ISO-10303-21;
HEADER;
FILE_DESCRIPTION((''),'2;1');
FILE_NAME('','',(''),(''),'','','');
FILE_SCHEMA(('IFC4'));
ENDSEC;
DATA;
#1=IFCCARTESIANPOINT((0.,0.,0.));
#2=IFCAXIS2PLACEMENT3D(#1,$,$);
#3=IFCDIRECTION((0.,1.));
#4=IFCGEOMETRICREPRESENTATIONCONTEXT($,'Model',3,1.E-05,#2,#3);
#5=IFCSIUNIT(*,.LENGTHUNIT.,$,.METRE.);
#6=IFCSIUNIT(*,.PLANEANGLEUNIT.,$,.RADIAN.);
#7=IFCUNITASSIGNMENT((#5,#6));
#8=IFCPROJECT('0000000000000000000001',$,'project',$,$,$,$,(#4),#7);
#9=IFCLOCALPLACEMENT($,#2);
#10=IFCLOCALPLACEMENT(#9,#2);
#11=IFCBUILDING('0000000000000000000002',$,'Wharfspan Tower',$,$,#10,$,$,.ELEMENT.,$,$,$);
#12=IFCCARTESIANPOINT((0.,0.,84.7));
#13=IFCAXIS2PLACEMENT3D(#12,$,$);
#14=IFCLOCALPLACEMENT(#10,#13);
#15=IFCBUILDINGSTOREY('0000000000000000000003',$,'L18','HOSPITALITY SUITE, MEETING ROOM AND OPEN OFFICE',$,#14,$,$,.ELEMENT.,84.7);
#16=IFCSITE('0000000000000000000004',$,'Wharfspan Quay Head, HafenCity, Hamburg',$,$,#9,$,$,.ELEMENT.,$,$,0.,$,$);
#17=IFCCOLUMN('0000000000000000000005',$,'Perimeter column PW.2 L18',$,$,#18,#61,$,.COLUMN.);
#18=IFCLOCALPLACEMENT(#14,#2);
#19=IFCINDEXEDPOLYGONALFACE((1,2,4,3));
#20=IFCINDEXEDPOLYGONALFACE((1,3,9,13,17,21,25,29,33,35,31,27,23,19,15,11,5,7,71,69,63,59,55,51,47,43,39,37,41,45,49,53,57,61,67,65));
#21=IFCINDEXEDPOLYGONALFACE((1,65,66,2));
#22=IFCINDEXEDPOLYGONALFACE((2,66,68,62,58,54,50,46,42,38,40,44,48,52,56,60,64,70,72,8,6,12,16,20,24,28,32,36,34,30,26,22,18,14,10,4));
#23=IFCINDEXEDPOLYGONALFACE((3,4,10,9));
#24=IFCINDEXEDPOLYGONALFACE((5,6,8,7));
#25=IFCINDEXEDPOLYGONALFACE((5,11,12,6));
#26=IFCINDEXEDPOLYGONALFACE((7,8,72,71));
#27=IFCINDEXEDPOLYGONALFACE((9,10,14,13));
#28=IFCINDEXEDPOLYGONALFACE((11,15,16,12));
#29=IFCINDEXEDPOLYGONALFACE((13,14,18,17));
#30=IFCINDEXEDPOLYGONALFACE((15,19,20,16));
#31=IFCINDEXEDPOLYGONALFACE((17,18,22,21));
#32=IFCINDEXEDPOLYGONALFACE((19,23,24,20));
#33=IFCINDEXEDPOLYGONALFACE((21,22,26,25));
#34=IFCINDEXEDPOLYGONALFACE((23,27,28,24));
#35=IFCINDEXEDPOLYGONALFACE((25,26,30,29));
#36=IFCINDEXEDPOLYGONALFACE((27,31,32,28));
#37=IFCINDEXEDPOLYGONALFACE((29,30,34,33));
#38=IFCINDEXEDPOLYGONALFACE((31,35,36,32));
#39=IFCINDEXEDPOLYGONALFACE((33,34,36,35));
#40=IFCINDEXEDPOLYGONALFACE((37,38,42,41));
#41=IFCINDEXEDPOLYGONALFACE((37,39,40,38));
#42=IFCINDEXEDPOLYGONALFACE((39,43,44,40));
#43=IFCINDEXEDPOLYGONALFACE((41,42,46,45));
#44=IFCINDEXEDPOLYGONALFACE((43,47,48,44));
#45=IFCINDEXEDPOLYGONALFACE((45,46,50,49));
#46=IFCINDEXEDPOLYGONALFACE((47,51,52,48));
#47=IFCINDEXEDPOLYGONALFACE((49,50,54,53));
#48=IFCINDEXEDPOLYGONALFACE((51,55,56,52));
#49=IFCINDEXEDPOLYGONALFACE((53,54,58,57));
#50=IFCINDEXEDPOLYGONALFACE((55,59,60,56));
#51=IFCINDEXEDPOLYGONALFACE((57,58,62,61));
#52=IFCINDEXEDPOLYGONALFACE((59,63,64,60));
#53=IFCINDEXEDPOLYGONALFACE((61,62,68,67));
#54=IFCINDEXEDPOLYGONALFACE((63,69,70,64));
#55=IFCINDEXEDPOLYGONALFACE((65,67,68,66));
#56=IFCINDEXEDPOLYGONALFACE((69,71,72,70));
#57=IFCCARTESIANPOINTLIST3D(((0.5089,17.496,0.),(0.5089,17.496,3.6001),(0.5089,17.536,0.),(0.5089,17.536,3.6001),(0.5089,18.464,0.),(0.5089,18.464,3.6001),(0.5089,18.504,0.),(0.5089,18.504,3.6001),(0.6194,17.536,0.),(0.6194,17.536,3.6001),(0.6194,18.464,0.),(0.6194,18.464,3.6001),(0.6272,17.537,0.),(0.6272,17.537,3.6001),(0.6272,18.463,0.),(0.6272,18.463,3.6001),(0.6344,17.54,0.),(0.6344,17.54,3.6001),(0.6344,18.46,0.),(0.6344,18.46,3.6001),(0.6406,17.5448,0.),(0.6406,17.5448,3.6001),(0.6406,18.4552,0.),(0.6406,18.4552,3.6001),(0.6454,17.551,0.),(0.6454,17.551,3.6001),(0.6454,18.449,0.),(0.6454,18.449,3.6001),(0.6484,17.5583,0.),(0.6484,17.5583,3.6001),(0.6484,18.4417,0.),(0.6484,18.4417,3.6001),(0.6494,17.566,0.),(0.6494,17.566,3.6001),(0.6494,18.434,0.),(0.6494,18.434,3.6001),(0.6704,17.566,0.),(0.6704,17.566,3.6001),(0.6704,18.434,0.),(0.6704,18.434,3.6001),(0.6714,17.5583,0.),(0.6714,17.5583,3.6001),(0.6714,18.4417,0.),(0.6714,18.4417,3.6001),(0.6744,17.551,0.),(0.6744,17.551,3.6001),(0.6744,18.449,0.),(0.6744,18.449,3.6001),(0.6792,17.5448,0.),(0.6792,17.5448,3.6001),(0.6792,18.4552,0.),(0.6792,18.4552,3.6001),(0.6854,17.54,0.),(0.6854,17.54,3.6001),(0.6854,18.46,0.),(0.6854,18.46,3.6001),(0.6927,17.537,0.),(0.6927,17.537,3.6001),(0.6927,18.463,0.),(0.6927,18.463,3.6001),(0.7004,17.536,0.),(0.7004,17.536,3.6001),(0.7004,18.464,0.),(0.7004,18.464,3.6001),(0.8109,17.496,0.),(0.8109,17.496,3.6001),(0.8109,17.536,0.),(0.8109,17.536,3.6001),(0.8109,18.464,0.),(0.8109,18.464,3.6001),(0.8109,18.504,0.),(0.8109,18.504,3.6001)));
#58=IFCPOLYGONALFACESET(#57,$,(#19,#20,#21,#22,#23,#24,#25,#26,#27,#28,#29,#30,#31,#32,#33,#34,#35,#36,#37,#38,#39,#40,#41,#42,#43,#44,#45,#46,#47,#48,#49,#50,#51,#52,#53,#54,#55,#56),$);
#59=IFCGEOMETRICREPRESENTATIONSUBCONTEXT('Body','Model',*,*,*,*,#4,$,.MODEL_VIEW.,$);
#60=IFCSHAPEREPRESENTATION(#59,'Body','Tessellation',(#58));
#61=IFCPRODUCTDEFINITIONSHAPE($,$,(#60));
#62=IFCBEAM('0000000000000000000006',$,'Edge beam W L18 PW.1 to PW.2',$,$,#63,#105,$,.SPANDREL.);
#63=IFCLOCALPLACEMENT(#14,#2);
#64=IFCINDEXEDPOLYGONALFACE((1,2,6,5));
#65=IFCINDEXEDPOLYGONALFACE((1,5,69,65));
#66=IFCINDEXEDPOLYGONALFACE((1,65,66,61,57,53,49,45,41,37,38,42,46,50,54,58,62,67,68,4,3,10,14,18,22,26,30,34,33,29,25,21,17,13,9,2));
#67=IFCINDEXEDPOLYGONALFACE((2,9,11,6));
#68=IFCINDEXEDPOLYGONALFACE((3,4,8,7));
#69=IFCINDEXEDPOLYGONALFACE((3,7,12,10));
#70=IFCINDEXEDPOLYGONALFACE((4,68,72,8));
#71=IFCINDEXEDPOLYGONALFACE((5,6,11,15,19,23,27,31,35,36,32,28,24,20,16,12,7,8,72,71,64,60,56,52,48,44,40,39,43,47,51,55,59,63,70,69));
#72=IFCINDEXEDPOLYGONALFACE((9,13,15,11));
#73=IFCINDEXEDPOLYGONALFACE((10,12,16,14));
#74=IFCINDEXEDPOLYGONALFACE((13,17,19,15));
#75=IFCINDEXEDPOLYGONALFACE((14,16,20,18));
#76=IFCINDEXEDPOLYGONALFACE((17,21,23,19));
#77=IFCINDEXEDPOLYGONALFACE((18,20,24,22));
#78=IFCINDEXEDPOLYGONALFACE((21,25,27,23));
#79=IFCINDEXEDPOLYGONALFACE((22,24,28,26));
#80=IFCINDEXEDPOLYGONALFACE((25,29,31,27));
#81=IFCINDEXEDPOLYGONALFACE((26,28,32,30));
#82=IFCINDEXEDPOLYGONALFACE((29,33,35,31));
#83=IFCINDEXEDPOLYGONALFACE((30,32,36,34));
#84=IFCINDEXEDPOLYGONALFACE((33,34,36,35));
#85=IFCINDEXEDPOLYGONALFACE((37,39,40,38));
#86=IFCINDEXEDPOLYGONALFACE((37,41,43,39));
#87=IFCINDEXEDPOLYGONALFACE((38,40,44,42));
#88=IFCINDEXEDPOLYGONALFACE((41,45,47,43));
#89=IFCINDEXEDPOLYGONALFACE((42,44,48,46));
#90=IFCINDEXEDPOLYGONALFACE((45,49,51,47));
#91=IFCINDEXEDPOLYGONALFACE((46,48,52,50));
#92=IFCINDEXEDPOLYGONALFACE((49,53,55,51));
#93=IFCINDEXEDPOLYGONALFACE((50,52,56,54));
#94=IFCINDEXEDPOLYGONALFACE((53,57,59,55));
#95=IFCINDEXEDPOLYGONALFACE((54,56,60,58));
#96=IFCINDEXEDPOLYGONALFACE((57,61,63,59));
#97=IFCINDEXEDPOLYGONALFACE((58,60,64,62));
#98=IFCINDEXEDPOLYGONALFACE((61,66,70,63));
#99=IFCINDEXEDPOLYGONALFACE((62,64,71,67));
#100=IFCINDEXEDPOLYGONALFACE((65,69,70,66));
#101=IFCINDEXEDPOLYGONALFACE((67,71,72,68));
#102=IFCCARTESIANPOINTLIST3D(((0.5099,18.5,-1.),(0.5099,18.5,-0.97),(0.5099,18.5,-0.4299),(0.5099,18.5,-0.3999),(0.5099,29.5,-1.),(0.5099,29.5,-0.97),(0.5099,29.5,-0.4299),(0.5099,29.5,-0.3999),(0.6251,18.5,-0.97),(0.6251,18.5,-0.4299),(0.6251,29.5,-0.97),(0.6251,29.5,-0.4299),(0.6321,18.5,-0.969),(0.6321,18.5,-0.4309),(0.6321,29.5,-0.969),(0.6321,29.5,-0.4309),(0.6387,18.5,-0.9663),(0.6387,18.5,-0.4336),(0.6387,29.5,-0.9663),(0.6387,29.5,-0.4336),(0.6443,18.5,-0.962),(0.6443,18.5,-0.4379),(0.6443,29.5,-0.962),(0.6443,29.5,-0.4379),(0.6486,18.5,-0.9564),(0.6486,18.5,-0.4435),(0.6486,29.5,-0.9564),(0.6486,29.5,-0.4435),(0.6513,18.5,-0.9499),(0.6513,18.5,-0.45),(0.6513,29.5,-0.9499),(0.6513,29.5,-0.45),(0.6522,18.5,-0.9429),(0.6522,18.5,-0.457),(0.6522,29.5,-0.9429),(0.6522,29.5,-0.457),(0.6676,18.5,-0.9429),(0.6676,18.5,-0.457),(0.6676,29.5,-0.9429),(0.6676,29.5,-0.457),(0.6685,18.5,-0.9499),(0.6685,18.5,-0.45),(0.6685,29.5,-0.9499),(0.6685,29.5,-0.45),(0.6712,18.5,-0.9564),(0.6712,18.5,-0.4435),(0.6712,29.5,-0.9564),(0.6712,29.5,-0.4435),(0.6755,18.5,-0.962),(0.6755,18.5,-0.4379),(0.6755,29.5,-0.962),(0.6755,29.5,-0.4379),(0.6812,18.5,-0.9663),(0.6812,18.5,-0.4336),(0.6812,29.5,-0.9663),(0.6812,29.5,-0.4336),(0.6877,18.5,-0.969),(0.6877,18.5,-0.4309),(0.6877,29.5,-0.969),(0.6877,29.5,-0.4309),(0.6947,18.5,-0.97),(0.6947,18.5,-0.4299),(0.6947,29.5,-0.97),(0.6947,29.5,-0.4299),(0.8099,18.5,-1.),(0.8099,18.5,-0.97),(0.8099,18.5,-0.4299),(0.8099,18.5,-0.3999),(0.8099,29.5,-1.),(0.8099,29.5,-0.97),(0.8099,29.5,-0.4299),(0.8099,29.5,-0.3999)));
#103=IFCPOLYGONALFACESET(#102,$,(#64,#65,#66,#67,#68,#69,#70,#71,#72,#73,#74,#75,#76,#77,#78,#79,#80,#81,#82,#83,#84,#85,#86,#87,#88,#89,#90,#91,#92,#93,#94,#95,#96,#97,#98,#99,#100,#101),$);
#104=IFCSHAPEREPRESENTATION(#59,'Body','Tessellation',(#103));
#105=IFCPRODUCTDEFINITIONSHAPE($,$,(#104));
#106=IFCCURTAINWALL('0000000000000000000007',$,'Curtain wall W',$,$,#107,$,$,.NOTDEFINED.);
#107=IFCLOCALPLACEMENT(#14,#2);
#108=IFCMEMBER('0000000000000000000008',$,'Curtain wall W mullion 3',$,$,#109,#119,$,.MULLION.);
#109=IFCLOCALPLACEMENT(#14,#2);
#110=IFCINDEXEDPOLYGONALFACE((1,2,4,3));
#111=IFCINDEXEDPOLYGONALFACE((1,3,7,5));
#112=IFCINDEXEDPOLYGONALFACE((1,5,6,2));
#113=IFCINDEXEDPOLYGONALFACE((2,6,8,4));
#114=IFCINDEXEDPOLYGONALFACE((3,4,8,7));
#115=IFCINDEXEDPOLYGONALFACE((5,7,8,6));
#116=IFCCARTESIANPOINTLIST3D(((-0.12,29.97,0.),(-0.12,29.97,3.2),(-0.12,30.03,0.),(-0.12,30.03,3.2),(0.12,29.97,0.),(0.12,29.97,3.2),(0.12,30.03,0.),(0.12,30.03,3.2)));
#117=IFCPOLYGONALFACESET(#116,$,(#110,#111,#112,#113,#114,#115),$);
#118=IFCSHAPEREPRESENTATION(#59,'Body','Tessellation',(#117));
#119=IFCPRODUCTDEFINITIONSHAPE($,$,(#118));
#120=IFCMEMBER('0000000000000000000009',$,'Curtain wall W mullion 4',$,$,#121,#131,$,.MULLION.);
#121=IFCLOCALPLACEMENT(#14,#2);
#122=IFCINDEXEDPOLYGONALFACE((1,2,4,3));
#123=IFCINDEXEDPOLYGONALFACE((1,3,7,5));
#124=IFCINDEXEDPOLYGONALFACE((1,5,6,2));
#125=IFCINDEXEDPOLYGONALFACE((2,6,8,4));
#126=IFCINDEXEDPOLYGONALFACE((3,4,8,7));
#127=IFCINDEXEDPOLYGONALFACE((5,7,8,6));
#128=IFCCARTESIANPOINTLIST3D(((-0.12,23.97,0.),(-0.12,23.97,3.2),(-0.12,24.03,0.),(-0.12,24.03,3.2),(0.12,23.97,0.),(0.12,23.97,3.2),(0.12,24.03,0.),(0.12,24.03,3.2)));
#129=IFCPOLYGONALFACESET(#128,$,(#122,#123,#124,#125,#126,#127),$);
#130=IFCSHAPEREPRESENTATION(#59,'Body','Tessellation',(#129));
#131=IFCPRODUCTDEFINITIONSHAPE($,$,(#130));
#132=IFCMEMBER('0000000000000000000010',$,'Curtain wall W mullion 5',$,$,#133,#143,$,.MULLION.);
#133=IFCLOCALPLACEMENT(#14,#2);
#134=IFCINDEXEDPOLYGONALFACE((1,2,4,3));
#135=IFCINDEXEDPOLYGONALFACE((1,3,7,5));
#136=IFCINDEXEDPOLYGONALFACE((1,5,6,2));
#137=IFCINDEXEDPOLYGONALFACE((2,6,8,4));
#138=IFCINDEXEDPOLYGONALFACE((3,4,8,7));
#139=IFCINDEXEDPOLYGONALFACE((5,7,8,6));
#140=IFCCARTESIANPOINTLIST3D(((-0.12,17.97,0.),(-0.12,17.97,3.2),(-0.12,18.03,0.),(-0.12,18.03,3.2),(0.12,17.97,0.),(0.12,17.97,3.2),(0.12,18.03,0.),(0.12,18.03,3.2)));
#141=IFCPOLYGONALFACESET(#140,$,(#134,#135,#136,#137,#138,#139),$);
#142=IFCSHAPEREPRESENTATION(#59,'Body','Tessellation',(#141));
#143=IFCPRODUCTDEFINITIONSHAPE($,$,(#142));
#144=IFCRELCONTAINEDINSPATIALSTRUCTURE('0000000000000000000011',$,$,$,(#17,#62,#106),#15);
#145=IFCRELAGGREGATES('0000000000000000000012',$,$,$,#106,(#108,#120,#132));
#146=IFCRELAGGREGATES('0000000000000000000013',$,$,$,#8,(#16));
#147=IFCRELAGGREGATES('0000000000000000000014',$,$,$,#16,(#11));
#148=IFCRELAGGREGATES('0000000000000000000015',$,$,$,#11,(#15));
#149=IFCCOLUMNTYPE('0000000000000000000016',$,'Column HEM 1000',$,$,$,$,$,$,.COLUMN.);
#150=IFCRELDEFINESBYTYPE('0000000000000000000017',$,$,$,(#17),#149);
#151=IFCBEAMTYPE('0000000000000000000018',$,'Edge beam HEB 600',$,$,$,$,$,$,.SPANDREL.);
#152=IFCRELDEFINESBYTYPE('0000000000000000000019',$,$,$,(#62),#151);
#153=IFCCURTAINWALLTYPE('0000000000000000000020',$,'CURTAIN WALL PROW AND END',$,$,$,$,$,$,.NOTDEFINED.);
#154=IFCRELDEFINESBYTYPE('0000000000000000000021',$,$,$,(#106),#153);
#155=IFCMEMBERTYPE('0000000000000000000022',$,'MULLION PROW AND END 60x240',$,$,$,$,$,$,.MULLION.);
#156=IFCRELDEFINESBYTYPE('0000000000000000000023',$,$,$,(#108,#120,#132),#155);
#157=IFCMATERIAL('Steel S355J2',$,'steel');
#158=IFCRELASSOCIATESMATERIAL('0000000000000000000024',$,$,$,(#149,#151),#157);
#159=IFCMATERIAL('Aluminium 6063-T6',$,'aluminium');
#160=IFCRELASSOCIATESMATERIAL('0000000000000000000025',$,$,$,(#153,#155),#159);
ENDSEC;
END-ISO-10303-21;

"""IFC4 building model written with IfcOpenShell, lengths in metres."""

from ifc_helpers import new_model, si_unit, direction, frame, origin, origin_2d, place, context, subcontext, project, spatial, rectangle, i_section, extrude, material, material_profile, profile_set, type_object, element, aggregate, save


model = new_model("IFC4")

# Units and contexts
model_context = context("Model", 3, precision=1e-05, world=origin(), true_north=direction((0.0, 1.0)))
body_context = subcontext(model_context, "Body", "Model", "MODEL_VIEW")
ifc_project = project(units=[si_unit("LENGTHUNIT", "METRE"), si_unit("PLANEANGLEUNIT", "RADIAN")], contexts=[model_context])

# Site, building, storey
site_placement = place(None, origin())
site = spatial("IfcSite", under=ifc_project, at=site_placement, Name="Wharfspan Quay Head, HafenCity, Hamburg", CompositionType="ELEMENT", RefElevation=0.0)
building_placement = place(site_placement, origin())
building = spatial("IfcBuilding", under=site, at=building_placement, Name="Wharfspan Tower", CompositionType="ELEMENT")
storey_placement = place(building_placement, frame((0.0, 0.0, 84.7)))
storey = spatial("IfcBuildingStorey", under=building, at=storey_placement, Name="L18", Description="HOSPITALITY SUITE, MEETING ROOM AND OPEN OFFICE", CompositionType="ELEMENT", Elevation=84.7)

# Column
ifc_material_1 = material(Name="Steel S355J2", Category="steel")
ifc_material_profile_1 = material_profile(ifc_material_1, i_section(OverallWidth=0.302, OverallDepth=1.0081, WebThickness=0.021, FlangeThickness=0.04, FilletRadius=0.03, at=origin_2d()))
ifc_profile_set_1 = profile_set([ifc_material_profile_1], Name="Steel S355J2")
column_type = type_object("IfcColumnType", Name="Column HEM 1000", PredefinedType="COLUMN", material=ifc_profile_set_1)
column_placement = place(storey_placement, frame((0.6599, 18.0, 0.0), z_axis=(0.0, 0.0, 1.0), x_axis=(-1.0, 0.0, 0.0)))
element("IfcColumn", 1, at=column_placement, inside=storey, type_object=column_type, Name="Perimeter column PW.2 L18", PredefinedType="COLUMN", context=body_context, shape_type="SweptSolid", body=[
    extrude(i_section(OverallWidth=0.302, OverallDepth=1.0081, WebThickness=0.021, FlangeThickness=0.04, FilletRadius=0.03, at=origin_2d()), origin(), (0.0, 0.0, 1.0), 3.6001),
])

# Beam
ifc_material_profile_2 = material_profile(ifc_material_1, i_section(OverallWidth=0.3, OverallDepth=0.6001, WebThickness=0.0154, FlangeThickness=0.03, FilletRadius=0.0271, at=origin_2d()))
ifc_profile_set_2 = profile_set([ifc_material_profile_2], Name="Steel S355J2")
beam_type = type_object("IfcBeamType", Name="Edge beam HEB 600", PredefinedType="SPANDREL", material=ifc_profile_set_2)
beam_placement = place(storey_placement, frame((0.6599, 29.5, -0.7), z_axis=(0.0, -1.0, 0.0), x_axis=(1.0, 0.0, 0.0)))
element("IfcBeam", 2, at=beam_placement, inside=storey, type_object=beam_type, Name="Edge beam W L18 PW.1 to PW.2", PredefinedType="SPANDREL", context=body_context, shape_type="SweptSolid", body=[
    extrude(i_section(OverallWidth=0.3, OverallDepth=0.6001, WebThickness=0.0154, FlangeThickness=0.03, FilletRadius=0.0271, at=origin_2d()), origin(), (0.0, 0.0, 1.0), 11.0),
])

# Curtain wall, members
ifc_material_2 = material(Name="Aluminium 6063-T6", Category="aluminium")
curtain_wall_type = type_object("IfcCurtainWallType", Name="CURTAIN WALL PROW AND END", PredefinedType="NOTDEFINED", material=ifc_material_2)
curtain_wall_placement = place(storey_placement, origin())
curtain_wall = element("IfcCurtainWall", 3, at=curtain_wall_placement, inside=storey, type_object=curtain_wall_type, Name="Curtain wall W", PredefinedType="NOTDEFINED")
ifc_material_profile_3 = material_profile(ifc_material_2, rectangle(XDim=0.24, YDim=0.0601, at=origin_2d()))
ifc_profile_set_3 = profile_set([ifc_material_profile_3], Name="Aluminium 6063-T6")
member_type_1 = type_object("IfcMemberType", Name="MULLION PROW AND END 60x240", PredefinedType="MULLION", material=ifc_profile_set_3)
member_1_placement = place(storey_placement, frame((0.0, 30.0, 0.0), z_axis=(0.0, 0.0, 1.0), x_axis=(1.0, 0.0, 0.0)))
member_1 = element("IfcMember", 4, at=member_1_placement, type_object=member_type_1, Name="Curtain wall W mullion 3", PredefinedType="MULLION", context=body_context, shape_type="SweptSolid", body=[
    extrude(rectangle(XDim=0.24, YDim=0.0601, at=origin_2d()), origin(), (0.0, 0.0, 1.0), 3.2),
])
member_2_placement = place(storey_placement, frame((0.0, 24.0, 0.0), z_axis=(0.0, 0.0, 1.0), x_axis=(1.0, 0.0, 0.0)))
member_2 = element("IfcMember", 5, at=member_2_placement, type_object=member_type_1, Name="Curtain wall W mullion 4", PredefinedType="MULLION", context=body_context, shape_type="SweptSolid", body=[
    extrude(rectangle(XDim=0.24, YDim=0.0601, at=origin_2d()), origin(), (0.0, 0.0, 1.0), 3.2),
])
member_3_placement = place(storey_placement, frame((0.0, 18.0, 0.0), z_axis=(0.0, 0.0, 1.0), x_axis=(1.0, 0.0, 0.0)))
member_3 = element("IfcMember", 6, at=member_3_placement, type_object=member_type_1, Name="Curtain wall W mullion 5", PredefinedType="MULLION", context=body_context, shape_type="SweptSolid", body=[
    extrude(rectangle(XDim=0.24, YDim=0.0601, at=origin_2d()), origin(), (0.0, 0.0, 1.0), 3.2),
])

aggregate(curtain_wall, [member_1, member_2, member_3])

save(model, "model.ifc")
